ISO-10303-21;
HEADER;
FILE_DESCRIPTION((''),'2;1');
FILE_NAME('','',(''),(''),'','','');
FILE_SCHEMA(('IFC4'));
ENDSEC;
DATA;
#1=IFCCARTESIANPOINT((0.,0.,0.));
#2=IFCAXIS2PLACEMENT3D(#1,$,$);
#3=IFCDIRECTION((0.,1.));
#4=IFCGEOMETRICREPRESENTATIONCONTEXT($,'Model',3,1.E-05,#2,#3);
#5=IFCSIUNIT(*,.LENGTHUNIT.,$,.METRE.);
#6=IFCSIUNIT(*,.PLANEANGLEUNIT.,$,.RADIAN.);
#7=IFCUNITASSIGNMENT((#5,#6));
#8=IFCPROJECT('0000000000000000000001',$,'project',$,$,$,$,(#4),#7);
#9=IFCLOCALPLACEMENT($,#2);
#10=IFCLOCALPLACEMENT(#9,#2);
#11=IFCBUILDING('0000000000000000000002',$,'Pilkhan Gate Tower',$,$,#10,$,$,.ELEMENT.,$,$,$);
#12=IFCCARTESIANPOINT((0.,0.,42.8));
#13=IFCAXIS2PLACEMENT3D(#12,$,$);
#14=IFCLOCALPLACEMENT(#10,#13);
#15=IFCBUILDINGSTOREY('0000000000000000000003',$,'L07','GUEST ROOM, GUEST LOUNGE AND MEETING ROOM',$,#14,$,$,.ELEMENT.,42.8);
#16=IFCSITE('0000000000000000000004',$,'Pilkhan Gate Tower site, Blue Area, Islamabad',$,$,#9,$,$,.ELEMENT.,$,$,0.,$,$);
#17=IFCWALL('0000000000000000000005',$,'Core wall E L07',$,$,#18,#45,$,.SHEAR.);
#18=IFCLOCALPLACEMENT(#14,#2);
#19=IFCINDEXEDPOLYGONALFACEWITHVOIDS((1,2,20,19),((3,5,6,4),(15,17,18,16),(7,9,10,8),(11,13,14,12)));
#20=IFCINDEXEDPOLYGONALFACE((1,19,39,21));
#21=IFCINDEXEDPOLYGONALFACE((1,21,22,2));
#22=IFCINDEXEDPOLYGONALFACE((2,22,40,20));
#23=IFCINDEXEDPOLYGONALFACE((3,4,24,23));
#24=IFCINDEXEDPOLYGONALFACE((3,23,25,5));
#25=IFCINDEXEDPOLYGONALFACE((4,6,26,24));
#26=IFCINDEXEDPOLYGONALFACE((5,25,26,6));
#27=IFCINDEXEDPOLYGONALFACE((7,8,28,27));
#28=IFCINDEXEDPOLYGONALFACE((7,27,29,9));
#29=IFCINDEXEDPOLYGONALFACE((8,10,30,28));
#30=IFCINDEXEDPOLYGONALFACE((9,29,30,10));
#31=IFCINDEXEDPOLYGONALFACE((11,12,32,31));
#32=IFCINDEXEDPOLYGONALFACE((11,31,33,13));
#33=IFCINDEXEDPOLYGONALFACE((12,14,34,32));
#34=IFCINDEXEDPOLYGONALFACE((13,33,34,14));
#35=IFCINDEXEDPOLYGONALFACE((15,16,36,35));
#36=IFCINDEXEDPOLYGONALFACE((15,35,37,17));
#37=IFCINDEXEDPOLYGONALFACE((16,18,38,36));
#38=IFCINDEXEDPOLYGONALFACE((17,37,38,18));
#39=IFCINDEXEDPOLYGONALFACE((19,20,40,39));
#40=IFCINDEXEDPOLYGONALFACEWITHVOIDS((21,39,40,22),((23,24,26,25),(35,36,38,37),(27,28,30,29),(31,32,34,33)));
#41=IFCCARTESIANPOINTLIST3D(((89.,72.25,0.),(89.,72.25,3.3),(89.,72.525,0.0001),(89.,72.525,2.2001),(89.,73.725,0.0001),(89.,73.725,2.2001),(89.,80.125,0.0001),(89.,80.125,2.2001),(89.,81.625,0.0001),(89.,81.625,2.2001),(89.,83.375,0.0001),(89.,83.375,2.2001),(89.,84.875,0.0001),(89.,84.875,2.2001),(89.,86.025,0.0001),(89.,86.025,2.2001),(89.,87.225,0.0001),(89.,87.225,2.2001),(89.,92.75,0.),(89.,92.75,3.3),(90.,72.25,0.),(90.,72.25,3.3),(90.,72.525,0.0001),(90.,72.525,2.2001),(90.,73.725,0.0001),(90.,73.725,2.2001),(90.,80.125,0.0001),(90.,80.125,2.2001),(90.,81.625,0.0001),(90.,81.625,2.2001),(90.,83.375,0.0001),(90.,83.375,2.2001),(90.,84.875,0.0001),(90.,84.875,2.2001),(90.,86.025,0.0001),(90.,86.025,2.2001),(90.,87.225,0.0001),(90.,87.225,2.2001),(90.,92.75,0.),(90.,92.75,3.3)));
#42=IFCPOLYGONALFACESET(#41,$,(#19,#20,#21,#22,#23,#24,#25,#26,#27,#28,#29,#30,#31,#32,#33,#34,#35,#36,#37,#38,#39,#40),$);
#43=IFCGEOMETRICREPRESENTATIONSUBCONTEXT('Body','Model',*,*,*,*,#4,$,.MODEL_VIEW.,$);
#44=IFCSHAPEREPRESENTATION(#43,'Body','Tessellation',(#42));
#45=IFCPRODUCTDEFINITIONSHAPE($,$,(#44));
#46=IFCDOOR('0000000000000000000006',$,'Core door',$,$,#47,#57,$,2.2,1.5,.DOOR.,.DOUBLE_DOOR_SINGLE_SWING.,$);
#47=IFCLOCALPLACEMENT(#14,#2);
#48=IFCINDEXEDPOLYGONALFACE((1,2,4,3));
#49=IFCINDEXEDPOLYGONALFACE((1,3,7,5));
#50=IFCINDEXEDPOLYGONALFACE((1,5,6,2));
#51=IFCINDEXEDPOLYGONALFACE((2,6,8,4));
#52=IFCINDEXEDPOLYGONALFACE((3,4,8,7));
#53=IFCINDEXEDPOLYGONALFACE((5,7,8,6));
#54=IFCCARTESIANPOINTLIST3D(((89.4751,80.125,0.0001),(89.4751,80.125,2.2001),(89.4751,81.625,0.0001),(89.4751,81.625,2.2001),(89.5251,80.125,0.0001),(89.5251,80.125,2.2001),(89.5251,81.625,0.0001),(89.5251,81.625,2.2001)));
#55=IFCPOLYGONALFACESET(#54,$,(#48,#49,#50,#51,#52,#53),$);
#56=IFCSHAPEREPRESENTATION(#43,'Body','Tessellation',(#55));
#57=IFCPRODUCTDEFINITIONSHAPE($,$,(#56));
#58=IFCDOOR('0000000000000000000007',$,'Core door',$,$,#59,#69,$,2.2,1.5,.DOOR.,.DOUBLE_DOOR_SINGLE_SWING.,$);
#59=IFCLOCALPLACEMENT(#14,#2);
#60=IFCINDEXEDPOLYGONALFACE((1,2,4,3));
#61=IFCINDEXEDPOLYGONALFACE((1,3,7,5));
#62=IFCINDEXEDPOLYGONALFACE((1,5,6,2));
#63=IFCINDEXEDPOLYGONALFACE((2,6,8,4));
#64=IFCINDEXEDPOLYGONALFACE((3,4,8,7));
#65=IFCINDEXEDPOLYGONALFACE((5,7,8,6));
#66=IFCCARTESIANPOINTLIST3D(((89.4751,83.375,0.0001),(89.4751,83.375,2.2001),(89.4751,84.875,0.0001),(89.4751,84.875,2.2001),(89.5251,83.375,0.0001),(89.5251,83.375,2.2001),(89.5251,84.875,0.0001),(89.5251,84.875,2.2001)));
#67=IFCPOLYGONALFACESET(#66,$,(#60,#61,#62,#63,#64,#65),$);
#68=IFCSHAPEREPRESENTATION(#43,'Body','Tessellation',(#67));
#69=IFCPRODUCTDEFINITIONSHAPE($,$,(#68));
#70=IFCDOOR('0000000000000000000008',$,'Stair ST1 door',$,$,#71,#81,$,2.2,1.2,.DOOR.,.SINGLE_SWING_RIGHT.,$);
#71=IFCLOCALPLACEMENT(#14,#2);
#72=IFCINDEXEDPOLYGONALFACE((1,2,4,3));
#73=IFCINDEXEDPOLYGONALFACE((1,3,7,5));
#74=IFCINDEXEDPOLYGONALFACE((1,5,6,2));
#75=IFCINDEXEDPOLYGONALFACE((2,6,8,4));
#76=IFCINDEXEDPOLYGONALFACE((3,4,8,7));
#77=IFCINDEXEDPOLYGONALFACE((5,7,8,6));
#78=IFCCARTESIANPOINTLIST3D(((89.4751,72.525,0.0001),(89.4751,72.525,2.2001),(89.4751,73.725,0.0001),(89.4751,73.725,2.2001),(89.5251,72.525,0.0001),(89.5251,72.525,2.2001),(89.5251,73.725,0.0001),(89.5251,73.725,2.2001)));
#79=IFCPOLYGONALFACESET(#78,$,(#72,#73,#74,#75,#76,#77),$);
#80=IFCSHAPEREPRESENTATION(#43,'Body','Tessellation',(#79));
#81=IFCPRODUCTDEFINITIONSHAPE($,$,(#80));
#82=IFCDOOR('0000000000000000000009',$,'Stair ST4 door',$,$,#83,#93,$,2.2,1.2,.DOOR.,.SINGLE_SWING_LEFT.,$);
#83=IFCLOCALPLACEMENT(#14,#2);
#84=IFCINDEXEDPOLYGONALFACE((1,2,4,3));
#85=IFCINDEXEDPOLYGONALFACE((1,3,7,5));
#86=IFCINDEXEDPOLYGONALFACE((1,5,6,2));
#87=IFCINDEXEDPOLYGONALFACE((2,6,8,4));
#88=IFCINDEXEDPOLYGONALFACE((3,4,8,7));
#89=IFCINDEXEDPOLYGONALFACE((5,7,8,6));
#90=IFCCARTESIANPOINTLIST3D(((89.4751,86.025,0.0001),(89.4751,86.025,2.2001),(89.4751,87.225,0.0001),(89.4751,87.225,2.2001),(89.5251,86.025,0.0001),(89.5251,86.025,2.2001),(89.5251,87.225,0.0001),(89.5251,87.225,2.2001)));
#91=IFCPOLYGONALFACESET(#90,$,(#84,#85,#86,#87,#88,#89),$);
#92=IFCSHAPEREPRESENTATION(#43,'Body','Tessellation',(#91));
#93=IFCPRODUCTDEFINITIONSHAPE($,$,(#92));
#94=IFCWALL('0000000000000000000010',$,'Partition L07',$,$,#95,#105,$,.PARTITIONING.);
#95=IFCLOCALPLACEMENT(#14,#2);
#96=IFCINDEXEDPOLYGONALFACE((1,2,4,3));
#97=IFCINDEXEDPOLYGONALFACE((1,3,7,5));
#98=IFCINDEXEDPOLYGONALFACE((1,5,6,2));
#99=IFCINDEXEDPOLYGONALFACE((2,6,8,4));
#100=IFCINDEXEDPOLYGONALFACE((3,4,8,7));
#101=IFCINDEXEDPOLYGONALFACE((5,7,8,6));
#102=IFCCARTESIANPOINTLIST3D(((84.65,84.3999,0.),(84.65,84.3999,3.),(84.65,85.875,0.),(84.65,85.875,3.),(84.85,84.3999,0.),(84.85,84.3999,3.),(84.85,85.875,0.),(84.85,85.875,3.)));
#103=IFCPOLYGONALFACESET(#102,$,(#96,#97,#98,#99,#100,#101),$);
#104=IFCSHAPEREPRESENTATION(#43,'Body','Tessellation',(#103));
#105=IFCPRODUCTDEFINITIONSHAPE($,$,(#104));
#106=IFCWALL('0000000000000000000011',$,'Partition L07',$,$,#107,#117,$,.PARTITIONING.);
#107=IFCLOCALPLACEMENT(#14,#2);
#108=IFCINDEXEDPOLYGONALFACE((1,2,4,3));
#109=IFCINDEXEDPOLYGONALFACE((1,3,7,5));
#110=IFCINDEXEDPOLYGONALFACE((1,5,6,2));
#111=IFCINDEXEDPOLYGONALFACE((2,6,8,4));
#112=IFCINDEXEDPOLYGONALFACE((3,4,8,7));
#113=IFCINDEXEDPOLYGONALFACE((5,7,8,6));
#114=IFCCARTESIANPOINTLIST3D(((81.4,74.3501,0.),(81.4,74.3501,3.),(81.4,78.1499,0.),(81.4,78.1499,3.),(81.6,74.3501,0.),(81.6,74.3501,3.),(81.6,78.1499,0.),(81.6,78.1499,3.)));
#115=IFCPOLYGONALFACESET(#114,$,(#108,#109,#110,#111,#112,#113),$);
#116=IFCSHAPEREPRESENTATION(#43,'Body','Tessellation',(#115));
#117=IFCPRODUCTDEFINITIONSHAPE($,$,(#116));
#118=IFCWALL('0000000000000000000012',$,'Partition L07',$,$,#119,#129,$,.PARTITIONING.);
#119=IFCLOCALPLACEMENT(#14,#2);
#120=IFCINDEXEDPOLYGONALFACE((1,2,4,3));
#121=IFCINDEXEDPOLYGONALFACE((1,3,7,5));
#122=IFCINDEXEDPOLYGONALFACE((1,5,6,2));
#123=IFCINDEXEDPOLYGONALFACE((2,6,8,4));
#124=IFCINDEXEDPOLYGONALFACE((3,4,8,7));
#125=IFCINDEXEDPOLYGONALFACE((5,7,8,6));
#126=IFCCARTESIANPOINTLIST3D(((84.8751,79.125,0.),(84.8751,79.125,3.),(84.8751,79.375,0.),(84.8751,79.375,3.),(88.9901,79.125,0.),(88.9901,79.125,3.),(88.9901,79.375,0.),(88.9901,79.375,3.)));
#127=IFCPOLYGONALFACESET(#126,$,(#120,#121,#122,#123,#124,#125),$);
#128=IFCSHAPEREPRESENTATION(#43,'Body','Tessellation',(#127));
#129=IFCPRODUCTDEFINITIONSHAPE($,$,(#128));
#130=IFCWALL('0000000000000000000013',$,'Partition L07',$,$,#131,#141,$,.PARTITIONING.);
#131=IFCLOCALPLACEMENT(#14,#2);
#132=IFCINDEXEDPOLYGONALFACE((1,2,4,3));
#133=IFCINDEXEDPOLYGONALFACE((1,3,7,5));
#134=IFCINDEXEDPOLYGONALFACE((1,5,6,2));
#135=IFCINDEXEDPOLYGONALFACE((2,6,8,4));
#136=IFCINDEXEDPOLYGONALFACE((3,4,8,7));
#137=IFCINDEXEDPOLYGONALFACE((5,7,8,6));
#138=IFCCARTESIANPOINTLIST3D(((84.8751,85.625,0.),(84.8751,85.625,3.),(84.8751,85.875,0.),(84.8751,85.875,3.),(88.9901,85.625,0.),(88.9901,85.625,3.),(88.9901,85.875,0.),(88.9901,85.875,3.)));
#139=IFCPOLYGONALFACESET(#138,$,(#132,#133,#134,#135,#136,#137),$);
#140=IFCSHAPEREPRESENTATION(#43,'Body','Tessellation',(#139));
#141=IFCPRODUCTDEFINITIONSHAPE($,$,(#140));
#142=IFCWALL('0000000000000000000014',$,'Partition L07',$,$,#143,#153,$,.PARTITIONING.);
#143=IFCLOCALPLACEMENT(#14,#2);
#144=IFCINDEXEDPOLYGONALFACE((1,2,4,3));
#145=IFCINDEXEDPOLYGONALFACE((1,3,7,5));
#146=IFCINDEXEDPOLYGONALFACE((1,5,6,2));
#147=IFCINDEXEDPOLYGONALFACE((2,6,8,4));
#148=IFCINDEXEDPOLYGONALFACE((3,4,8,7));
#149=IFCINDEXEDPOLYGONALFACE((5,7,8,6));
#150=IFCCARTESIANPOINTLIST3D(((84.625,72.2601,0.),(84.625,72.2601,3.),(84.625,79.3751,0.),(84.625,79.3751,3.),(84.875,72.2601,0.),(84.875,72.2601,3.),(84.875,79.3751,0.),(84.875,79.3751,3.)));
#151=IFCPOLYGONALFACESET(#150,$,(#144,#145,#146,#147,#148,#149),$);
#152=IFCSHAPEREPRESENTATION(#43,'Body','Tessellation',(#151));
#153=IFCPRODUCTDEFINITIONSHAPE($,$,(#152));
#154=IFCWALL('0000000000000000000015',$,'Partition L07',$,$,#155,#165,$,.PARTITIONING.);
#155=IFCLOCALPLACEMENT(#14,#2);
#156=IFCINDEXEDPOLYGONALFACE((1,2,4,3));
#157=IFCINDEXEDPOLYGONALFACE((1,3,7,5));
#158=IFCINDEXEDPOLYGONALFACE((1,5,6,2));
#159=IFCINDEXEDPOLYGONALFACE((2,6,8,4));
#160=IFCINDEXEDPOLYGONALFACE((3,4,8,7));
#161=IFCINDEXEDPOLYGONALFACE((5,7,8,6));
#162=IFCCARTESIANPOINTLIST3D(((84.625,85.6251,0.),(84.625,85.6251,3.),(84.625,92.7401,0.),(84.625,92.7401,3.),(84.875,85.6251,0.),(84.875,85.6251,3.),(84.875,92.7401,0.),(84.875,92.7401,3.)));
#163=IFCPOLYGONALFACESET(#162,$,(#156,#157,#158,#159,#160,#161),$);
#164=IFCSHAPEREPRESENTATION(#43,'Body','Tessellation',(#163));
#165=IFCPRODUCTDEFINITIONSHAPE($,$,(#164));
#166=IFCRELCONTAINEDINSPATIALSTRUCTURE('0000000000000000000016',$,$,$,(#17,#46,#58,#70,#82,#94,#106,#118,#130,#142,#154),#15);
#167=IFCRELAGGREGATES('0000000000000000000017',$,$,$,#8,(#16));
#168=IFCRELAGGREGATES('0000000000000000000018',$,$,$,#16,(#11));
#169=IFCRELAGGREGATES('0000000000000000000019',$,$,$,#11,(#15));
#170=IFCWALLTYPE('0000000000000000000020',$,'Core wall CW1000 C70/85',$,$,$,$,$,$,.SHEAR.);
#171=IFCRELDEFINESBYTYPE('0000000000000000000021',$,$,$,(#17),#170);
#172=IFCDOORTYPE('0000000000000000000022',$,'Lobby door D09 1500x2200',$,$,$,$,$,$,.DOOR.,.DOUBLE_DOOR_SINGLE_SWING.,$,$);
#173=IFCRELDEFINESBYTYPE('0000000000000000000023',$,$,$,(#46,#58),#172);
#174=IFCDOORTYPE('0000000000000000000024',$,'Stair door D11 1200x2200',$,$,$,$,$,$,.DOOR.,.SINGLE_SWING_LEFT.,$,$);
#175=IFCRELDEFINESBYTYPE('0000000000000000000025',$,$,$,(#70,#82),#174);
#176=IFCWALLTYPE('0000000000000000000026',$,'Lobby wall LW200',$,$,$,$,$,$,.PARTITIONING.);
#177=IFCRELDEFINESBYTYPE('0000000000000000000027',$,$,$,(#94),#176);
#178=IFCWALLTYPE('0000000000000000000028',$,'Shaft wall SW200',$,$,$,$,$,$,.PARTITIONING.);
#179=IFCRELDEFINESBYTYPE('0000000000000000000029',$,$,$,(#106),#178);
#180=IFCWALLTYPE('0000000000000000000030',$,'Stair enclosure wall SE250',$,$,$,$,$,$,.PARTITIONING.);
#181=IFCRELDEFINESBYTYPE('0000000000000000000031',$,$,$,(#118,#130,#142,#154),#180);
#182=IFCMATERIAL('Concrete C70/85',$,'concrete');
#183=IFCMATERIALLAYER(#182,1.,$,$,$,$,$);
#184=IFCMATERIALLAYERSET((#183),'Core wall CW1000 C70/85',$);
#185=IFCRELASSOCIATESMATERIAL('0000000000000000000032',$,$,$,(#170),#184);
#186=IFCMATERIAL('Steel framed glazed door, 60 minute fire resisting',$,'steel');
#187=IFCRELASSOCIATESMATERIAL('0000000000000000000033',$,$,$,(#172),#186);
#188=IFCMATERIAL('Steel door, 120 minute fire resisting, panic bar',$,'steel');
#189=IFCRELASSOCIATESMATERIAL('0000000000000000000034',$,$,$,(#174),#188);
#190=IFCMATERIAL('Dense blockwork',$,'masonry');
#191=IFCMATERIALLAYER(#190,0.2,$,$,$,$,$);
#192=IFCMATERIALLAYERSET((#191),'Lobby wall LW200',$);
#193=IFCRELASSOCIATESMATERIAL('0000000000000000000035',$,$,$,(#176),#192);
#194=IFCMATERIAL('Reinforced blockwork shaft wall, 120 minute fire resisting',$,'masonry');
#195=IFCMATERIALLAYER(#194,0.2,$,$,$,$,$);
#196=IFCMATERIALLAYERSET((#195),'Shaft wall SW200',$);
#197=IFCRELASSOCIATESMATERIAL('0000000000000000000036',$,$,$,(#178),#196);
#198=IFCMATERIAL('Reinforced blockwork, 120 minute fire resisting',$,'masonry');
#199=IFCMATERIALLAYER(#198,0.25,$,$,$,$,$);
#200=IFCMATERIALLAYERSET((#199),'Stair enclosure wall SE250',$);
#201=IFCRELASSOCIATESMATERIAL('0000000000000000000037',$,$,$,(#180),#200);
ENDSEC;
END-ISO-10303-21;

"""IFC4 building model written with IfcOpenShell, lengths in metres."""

from ifc_helpers import new_model, si_unit, direction, frame, frame_2d, origin, place, context, subcontext, project, spatial, rectangle, extrude, material, layer, layer_set, type_object, element, fill, save


model = new_model("IFC4")

# Units and contexts
model_context = context("Model", 3, precision=1e-05, world=origin(), true_north=direction((0.0, 1.0)))
body_context = subcontext(model_context, "Body", "Model", "MODEL_VIEW")
ifc_project = project(units=[si_unit("LENGTHUNIT", "METRE"), si_unit("PLANEANGLEUNIT", "RADIAN")], contexts=[model_context])

# Site, building, storey
site_placement = place(None, origin())
site = spatial("IfcSite", under=ifc_project, at=site_placement, Name="Pilkhan Gate Tower site, Blue Area, Islamabad", CompositionType="ELEMENT", RefElevation=0.0)
building_placement = place(site_placement, origin())
building = spatial("IfcBuilding", under=site, at=building_placement, Name="Pilkhan Gate Tower", CompositionType="ELEMENT")
storey_placement = place(building_placement, frame((0.0, 0.0, 42.8)))
storey = spatial("IfcBuildingStorey", under=building, at=storey_placement, Name="L07", Description="GUEST ROOM, GUEST LOUNGE AND MEETING ROOM", CompositionType="ELEMENT", Elevation=42.8)

# Wall, openings, doors
ifc_material_1 = material(Name="Concrete C70/85", Category="concrete")
ifc_layer_1 = layer(ifc_material_1, 1.0)
ifc_layer_set_1 = layer_set([ifc_layer_1], Name="Core wall CW1000 C70/85")
wall_type_1 = type_object("IfcWallType", Name="Core wall CW1000 C70/85", PredefinedType="SHEAR", material=ifc_layer_set_1)
wall_1_placement = place(storey_placement, frame((89.5, 72.25, 0.0), z_axis=(0.0, 0.0, 1.0), x_axis=(0.0, 1.0, 0.0)))
wall_1 = element("IfcWall", 1, at=wall_1_placement, inside=storey, type_object=wall_type_1, Name="Core wall E L07", PredefinedType="SHEAR", context=body_context, shape_type="SweptSolid", body=[
    extrude(rectangle(XDim=20.5, YDim=1.0, at=frame_2d((10.25, 0.0))), origin(), (0.0, 0.0, 1.0), 3.3),
])
opening_1_placement = place(wall_1_placement, frame((0.2749, 0.0, 0.0)))
opening_1 = element("IfcOpeningElement", 2, at=opening_1_placement, cuts=wall_1, PredefinedType="OPENING", context=body_context, shape_type="SweptSolid", body=[
    extrude(rectangle(XDim=1.2, YDim=2.2, at=frame_2d((0.6001, 1.1001))), frame((0.0, 0.51, 0.0), z_axis=(0.0, -1.0, 0.0), x_axis=(1.0, 0.0, 0.0)), (0.0, 0.0, 1.0), 1.02),
])
opening_2_placement = place(wall_1_placement, frame((13.7749, 0.0, 0.0)))
opening_2 = element("IfcOpeningElement", 3, at=opening_2_placement, cuts=wall_1, PredefinedType="OPENING", context=body_context, shape_type="SweptSolid", body=[
    extrude(rectangle(XDim=1.2, YDim=2.2, at=frame_2d((0.6001, 1.1001))), frame((0.0, 0.51, 0.0), z_axis=(0.0, -1.0, 0.0), x_axis=(1.0, 0.0, 0.0)), (0.0, 0.0, 1.0), 1.02),
])
opening_3_placement = place(wall_1_placement, frame((7.875, 0.0, 0.0)))
opening_3 = element("IfcOpeningElement", 4, at=opening_3_placement, cuts=wall_1, PredefinedType="OPENING", context=body_context, shape_type="SweptSolid", body=[
    extrude(rectangle(XDim=1.5, YDim=2.2, at=frame_2d((0.75, 1.1001))), frame((0.0, 0.51, 0.0), z_axis=(0.0, -1.0, 0.0), x_axis=(1.0, 0.0, 0.0)), (0.0, 0.0, 1.0), 1.02),
])
opening_4_placement = place(wall_1_placement, frame((11.125, 0.0, 0.0)))
opening_4 = element("IfcOpeningElement", 5, at=opening_4_placement, cuts=wall_1, PredefinedType="OPENING", context=body_context, shape_type="SweptSolid", body=[
    extrude(rectangle(XDim=1.5, YDim=2.2, at=frame_2d((0.75, 1.1001))), frame((0.0, 0.51, 0.0), z_axis=(0.0, -1.0, 0.0), x_axis=(1.0, 0.0, 0.0)), (0.0, 0.0, 1.0), 1.02),
])
ifc_material_2 = material(Name="Steel framed glazed door, 60 minute fire resisting", Category="steel")
door_type_1 = type_object("IfcDoorType", Name="Lobby door D09 1500x2200", OperationType="DOUBLE_DOOR_SINGLE_SWING", PredefinedType="DOOR", material=ifc_material_2)
door_1_placement = place(opening_3_placement, origin())
door_1 = element("IfcDoor", 6, at=door_1_placement, inside=storey, type_object=door_type_1, Name="Core door", OperationType="DOUBLE_DOOR_SINGLE_SWING", OverallHeight=2.2, OverallWidth=1.5, PredefinedType="DOOR", context=body_context, shape_type="SweptSolid", body=[
    extrude(rectangle(XDim=1.5, YDim=2.2, at=frame_2d((0.75, 1.1001))), frame((0.0, 0.0249, 0.0), z_axis=(0.0, -1.0, 0.0), x_axis=(1.0, 0.0, 0.0)), (0.0, 0.0, 1.0), 0.05),
])
fill(opening_3, door_1)
door_2_placement = place(opening_4_placement, origin())
door_2 = element("IfcDoor", 7, at=door_2_placement, inside=storey, type_object=door_type_1, Name="Core door", OperationType="DOUBLE_DOOR_SINGLE_SWING", OverallHeight=2.2, OverallWidth=1.5, PredefinedType="DOOR", context=body_context, shape_type="SweptSolid", body=[
    extrude(rectangle(XDim=1.5, YDim=2.2, at=frame_2d((0.75, 1.1001))), frame((0.0, 0.0249, 0.0), z_axis=(0.0, -1.0, 0.0), x_axis=(1.0, 0.0, 0.0)), (0.0, 0.0, 1.0), 0.05),
])
fill(opening_4, door_2)
ifc_material_3 = material(Name="Steel door, 120 minute fire resisting, panic bar", Category="steel")
door_type_2 = type_object("IfcDoorType", Name="Stair door D11 1200x2200", OperationType="SINGLE_SWING_LEFT", PredefinedType="DOOR", material=ifc_material_3)
door_3_placement = place(opening_1_placement, origin())
door_3 = element("IfcDoor", 8, at=door_3_placement, inside=storey, type_object=door_type_2, Name="Stair ST1 door", OperationType="SINGLE_SWING_RIGHT", OverallHeight=2.2, OverallWidth=1.2, PredefinedType="DOOR", context=body_context, shape_type="SweptSolid", body=[
    extrude(rectangle(XDim=1.2, YDim=2.2, at=frame_2d((0.6001, 1.1001))), frame((0.0, 0.0249, 0.0), z_axis=(0.0, -1.0, 0.0), x_axis=(1.0, 0.0, 0.0)), (0.0, 0.0, 1.0), 0.05),
])
fill(opening_1, door_3)
door_4_placement = place(opening_2_placement, origin())
door_4 = element("IfcDoor", 9, at=door_4_placement, inside=storey, type_object=door_type_2, Name="Stair ST4 door", OperationType="SINGLE_SWING_LEFT", OverallHeight=2.2, OverallWidth=1.2, PredefinedType="DOOR", context=body_context, shape_type="SweptSolid", body=[
    extrude(rectangle(XDim=1.2, YDim=2.2, at=frame_2d((0.6001, 1.1001))), frame((0.0, 0.0249, 0.0), z_axis=(0.0, -1.0, 0.0), x_axis=(1.0, 0.0, 0.0)), (0.0, 0.0, 1.0), 0.05),
])
fill(opening_2, door_4)

# Walls
ifc_material_4 = material(Name="Dense blockwork", Category="masonry")
ifc_layer_2 = layer(ifc_material_4, 0.2)
ifc_layer_set_2 = layer_set([ifc_layer_2], Name="Lobby wall LW200")
wall_type_2 = type_object("IfcWallType", Name="Lobby wall LW200", PredefinedType="PARTITIONING", material=ifc_layer_set_2)
wall_2_placement = place(storey_placement, frame((84.75, 84.3999, 0.0), z_axis=(0.0, 0.0, 1.0), x_axis=(0.0, 1.0, 0.0)))
element("IfcWall", 10, at=wall_2_placement, inside=storey, type_object=wall_type_2, Name="Partition L07", PredefinedType="PARTITIONING", context=body_context, shape_type="SweptSolid", body=[
    extrude(rectangle(XDim=1.4751, YDim=0.2, at=frame_2d((0.7375, 0.0))), origin(), (0.0, 0.0, 1.0), 3.0),
])
ifc_material_5 = material(Name="Reinforced blockwork shaft wall, 120 minute fire resisting", Category="masonry")
ifc_layer_3 = layer(ifc_material_5, 0.2)
ifc_layer_set_3 = layer_set([ifc_layer_3], Name="Shaft wall SW200")
wall_type_3 = type_object("IfcWallType", Name="Shaft wall SW200", PredefinedType="PARTITIONING", material=ifc_layer_set_3)
wall_3_placement = place(storey_placement, frame((81.5, 74.3501, 0.0), z_axis=(0.0, 0.0, 1.0), x_axis=(0.0, 1.0, 0.0)))
element("IfcWall", 11, at=wall_3_placement, inside=storey, type_object=wall_type_3, Name="Partition L07", PredefinedType="PARTITIONING", context=body_context, shape_type="SweptSolid", body=[
    extrude(rectangle(XDim=3.7998, YDim=0.2, at=frame_2d((1.8999, 0.0))), origin(), (0.0, 0.0, 1.0), 3.0),
])
ifc_material_6 = material(Name="Reinforced blockwork, 120 minute fire resisting", Category="masonry")
ifc_layer_4 = layer(ifc_material_6, 0.25)
ifc_layer_set_4 = layer_set([ifc_layer_4], Name="Stair enclosure wall SE250")
wall_type_4 = type_object("IfcWallType", Name="Stair enclosure wall SE250", PredefinedType="PARTITIONING", material=ifc_layer_set_4)
for number, where, z_axis, x_axis, name in (
    (12, (84.875, 79.25, 0.0), (0.0, 0.0, 1.0), (1.0, 0.0, 0.0), "Partition L07"),
    (13, (84.875, 85.75, 0.0), (0.0, 0.0, 1.0), (1.0, 0.0, 0.0), "Partition L07"),
):
    element("IfcWall", number, at=place(storey_placement, frame(where, z_axis=z_axis, x_axis=x_axis)), inside=storey, type_object=wall_type_4, Name=name, PredefinedType="PARTITIONING", context=body_context, shape_type="SweptSolid", body=[
        extrude(rectangle(XDim=4.115, YDim=0.25, at=frame_2d((2.0576, 0.0))), origin(), (0.0, 0.0, 1.0), 3.0),
    ])
for number, where, z_axis, x_axis, name in (
    (14, (84.75, 72.26, 0.0), (0.0, 0.0, 1.0), (0.0, 1.0, 0.0), "Partition L07"),
    (15, (84.75, 85.625, 0.0), (0.0, 0.0, 1.0), (0.0, 1.0, 0.0), "Partition L07"),
):
    element("IfcWall", number, at=place(storey_placement, frame(where, z_axis=z_axis, x_axis=x_axis)), inside=storey, type_object=wall_type_4, Name=name, PredefinedType="PARTITIONING", context=body_context, shape_type="SweptSolid", body=[
        extrude(rectangle(XDim=7.115, YDim=0.25, at=frame_2d((3.5576, 0.0))), origin(), (0.0, 0.0, 1.0), 3.0),
    ])

save(model, "model.ifc")
